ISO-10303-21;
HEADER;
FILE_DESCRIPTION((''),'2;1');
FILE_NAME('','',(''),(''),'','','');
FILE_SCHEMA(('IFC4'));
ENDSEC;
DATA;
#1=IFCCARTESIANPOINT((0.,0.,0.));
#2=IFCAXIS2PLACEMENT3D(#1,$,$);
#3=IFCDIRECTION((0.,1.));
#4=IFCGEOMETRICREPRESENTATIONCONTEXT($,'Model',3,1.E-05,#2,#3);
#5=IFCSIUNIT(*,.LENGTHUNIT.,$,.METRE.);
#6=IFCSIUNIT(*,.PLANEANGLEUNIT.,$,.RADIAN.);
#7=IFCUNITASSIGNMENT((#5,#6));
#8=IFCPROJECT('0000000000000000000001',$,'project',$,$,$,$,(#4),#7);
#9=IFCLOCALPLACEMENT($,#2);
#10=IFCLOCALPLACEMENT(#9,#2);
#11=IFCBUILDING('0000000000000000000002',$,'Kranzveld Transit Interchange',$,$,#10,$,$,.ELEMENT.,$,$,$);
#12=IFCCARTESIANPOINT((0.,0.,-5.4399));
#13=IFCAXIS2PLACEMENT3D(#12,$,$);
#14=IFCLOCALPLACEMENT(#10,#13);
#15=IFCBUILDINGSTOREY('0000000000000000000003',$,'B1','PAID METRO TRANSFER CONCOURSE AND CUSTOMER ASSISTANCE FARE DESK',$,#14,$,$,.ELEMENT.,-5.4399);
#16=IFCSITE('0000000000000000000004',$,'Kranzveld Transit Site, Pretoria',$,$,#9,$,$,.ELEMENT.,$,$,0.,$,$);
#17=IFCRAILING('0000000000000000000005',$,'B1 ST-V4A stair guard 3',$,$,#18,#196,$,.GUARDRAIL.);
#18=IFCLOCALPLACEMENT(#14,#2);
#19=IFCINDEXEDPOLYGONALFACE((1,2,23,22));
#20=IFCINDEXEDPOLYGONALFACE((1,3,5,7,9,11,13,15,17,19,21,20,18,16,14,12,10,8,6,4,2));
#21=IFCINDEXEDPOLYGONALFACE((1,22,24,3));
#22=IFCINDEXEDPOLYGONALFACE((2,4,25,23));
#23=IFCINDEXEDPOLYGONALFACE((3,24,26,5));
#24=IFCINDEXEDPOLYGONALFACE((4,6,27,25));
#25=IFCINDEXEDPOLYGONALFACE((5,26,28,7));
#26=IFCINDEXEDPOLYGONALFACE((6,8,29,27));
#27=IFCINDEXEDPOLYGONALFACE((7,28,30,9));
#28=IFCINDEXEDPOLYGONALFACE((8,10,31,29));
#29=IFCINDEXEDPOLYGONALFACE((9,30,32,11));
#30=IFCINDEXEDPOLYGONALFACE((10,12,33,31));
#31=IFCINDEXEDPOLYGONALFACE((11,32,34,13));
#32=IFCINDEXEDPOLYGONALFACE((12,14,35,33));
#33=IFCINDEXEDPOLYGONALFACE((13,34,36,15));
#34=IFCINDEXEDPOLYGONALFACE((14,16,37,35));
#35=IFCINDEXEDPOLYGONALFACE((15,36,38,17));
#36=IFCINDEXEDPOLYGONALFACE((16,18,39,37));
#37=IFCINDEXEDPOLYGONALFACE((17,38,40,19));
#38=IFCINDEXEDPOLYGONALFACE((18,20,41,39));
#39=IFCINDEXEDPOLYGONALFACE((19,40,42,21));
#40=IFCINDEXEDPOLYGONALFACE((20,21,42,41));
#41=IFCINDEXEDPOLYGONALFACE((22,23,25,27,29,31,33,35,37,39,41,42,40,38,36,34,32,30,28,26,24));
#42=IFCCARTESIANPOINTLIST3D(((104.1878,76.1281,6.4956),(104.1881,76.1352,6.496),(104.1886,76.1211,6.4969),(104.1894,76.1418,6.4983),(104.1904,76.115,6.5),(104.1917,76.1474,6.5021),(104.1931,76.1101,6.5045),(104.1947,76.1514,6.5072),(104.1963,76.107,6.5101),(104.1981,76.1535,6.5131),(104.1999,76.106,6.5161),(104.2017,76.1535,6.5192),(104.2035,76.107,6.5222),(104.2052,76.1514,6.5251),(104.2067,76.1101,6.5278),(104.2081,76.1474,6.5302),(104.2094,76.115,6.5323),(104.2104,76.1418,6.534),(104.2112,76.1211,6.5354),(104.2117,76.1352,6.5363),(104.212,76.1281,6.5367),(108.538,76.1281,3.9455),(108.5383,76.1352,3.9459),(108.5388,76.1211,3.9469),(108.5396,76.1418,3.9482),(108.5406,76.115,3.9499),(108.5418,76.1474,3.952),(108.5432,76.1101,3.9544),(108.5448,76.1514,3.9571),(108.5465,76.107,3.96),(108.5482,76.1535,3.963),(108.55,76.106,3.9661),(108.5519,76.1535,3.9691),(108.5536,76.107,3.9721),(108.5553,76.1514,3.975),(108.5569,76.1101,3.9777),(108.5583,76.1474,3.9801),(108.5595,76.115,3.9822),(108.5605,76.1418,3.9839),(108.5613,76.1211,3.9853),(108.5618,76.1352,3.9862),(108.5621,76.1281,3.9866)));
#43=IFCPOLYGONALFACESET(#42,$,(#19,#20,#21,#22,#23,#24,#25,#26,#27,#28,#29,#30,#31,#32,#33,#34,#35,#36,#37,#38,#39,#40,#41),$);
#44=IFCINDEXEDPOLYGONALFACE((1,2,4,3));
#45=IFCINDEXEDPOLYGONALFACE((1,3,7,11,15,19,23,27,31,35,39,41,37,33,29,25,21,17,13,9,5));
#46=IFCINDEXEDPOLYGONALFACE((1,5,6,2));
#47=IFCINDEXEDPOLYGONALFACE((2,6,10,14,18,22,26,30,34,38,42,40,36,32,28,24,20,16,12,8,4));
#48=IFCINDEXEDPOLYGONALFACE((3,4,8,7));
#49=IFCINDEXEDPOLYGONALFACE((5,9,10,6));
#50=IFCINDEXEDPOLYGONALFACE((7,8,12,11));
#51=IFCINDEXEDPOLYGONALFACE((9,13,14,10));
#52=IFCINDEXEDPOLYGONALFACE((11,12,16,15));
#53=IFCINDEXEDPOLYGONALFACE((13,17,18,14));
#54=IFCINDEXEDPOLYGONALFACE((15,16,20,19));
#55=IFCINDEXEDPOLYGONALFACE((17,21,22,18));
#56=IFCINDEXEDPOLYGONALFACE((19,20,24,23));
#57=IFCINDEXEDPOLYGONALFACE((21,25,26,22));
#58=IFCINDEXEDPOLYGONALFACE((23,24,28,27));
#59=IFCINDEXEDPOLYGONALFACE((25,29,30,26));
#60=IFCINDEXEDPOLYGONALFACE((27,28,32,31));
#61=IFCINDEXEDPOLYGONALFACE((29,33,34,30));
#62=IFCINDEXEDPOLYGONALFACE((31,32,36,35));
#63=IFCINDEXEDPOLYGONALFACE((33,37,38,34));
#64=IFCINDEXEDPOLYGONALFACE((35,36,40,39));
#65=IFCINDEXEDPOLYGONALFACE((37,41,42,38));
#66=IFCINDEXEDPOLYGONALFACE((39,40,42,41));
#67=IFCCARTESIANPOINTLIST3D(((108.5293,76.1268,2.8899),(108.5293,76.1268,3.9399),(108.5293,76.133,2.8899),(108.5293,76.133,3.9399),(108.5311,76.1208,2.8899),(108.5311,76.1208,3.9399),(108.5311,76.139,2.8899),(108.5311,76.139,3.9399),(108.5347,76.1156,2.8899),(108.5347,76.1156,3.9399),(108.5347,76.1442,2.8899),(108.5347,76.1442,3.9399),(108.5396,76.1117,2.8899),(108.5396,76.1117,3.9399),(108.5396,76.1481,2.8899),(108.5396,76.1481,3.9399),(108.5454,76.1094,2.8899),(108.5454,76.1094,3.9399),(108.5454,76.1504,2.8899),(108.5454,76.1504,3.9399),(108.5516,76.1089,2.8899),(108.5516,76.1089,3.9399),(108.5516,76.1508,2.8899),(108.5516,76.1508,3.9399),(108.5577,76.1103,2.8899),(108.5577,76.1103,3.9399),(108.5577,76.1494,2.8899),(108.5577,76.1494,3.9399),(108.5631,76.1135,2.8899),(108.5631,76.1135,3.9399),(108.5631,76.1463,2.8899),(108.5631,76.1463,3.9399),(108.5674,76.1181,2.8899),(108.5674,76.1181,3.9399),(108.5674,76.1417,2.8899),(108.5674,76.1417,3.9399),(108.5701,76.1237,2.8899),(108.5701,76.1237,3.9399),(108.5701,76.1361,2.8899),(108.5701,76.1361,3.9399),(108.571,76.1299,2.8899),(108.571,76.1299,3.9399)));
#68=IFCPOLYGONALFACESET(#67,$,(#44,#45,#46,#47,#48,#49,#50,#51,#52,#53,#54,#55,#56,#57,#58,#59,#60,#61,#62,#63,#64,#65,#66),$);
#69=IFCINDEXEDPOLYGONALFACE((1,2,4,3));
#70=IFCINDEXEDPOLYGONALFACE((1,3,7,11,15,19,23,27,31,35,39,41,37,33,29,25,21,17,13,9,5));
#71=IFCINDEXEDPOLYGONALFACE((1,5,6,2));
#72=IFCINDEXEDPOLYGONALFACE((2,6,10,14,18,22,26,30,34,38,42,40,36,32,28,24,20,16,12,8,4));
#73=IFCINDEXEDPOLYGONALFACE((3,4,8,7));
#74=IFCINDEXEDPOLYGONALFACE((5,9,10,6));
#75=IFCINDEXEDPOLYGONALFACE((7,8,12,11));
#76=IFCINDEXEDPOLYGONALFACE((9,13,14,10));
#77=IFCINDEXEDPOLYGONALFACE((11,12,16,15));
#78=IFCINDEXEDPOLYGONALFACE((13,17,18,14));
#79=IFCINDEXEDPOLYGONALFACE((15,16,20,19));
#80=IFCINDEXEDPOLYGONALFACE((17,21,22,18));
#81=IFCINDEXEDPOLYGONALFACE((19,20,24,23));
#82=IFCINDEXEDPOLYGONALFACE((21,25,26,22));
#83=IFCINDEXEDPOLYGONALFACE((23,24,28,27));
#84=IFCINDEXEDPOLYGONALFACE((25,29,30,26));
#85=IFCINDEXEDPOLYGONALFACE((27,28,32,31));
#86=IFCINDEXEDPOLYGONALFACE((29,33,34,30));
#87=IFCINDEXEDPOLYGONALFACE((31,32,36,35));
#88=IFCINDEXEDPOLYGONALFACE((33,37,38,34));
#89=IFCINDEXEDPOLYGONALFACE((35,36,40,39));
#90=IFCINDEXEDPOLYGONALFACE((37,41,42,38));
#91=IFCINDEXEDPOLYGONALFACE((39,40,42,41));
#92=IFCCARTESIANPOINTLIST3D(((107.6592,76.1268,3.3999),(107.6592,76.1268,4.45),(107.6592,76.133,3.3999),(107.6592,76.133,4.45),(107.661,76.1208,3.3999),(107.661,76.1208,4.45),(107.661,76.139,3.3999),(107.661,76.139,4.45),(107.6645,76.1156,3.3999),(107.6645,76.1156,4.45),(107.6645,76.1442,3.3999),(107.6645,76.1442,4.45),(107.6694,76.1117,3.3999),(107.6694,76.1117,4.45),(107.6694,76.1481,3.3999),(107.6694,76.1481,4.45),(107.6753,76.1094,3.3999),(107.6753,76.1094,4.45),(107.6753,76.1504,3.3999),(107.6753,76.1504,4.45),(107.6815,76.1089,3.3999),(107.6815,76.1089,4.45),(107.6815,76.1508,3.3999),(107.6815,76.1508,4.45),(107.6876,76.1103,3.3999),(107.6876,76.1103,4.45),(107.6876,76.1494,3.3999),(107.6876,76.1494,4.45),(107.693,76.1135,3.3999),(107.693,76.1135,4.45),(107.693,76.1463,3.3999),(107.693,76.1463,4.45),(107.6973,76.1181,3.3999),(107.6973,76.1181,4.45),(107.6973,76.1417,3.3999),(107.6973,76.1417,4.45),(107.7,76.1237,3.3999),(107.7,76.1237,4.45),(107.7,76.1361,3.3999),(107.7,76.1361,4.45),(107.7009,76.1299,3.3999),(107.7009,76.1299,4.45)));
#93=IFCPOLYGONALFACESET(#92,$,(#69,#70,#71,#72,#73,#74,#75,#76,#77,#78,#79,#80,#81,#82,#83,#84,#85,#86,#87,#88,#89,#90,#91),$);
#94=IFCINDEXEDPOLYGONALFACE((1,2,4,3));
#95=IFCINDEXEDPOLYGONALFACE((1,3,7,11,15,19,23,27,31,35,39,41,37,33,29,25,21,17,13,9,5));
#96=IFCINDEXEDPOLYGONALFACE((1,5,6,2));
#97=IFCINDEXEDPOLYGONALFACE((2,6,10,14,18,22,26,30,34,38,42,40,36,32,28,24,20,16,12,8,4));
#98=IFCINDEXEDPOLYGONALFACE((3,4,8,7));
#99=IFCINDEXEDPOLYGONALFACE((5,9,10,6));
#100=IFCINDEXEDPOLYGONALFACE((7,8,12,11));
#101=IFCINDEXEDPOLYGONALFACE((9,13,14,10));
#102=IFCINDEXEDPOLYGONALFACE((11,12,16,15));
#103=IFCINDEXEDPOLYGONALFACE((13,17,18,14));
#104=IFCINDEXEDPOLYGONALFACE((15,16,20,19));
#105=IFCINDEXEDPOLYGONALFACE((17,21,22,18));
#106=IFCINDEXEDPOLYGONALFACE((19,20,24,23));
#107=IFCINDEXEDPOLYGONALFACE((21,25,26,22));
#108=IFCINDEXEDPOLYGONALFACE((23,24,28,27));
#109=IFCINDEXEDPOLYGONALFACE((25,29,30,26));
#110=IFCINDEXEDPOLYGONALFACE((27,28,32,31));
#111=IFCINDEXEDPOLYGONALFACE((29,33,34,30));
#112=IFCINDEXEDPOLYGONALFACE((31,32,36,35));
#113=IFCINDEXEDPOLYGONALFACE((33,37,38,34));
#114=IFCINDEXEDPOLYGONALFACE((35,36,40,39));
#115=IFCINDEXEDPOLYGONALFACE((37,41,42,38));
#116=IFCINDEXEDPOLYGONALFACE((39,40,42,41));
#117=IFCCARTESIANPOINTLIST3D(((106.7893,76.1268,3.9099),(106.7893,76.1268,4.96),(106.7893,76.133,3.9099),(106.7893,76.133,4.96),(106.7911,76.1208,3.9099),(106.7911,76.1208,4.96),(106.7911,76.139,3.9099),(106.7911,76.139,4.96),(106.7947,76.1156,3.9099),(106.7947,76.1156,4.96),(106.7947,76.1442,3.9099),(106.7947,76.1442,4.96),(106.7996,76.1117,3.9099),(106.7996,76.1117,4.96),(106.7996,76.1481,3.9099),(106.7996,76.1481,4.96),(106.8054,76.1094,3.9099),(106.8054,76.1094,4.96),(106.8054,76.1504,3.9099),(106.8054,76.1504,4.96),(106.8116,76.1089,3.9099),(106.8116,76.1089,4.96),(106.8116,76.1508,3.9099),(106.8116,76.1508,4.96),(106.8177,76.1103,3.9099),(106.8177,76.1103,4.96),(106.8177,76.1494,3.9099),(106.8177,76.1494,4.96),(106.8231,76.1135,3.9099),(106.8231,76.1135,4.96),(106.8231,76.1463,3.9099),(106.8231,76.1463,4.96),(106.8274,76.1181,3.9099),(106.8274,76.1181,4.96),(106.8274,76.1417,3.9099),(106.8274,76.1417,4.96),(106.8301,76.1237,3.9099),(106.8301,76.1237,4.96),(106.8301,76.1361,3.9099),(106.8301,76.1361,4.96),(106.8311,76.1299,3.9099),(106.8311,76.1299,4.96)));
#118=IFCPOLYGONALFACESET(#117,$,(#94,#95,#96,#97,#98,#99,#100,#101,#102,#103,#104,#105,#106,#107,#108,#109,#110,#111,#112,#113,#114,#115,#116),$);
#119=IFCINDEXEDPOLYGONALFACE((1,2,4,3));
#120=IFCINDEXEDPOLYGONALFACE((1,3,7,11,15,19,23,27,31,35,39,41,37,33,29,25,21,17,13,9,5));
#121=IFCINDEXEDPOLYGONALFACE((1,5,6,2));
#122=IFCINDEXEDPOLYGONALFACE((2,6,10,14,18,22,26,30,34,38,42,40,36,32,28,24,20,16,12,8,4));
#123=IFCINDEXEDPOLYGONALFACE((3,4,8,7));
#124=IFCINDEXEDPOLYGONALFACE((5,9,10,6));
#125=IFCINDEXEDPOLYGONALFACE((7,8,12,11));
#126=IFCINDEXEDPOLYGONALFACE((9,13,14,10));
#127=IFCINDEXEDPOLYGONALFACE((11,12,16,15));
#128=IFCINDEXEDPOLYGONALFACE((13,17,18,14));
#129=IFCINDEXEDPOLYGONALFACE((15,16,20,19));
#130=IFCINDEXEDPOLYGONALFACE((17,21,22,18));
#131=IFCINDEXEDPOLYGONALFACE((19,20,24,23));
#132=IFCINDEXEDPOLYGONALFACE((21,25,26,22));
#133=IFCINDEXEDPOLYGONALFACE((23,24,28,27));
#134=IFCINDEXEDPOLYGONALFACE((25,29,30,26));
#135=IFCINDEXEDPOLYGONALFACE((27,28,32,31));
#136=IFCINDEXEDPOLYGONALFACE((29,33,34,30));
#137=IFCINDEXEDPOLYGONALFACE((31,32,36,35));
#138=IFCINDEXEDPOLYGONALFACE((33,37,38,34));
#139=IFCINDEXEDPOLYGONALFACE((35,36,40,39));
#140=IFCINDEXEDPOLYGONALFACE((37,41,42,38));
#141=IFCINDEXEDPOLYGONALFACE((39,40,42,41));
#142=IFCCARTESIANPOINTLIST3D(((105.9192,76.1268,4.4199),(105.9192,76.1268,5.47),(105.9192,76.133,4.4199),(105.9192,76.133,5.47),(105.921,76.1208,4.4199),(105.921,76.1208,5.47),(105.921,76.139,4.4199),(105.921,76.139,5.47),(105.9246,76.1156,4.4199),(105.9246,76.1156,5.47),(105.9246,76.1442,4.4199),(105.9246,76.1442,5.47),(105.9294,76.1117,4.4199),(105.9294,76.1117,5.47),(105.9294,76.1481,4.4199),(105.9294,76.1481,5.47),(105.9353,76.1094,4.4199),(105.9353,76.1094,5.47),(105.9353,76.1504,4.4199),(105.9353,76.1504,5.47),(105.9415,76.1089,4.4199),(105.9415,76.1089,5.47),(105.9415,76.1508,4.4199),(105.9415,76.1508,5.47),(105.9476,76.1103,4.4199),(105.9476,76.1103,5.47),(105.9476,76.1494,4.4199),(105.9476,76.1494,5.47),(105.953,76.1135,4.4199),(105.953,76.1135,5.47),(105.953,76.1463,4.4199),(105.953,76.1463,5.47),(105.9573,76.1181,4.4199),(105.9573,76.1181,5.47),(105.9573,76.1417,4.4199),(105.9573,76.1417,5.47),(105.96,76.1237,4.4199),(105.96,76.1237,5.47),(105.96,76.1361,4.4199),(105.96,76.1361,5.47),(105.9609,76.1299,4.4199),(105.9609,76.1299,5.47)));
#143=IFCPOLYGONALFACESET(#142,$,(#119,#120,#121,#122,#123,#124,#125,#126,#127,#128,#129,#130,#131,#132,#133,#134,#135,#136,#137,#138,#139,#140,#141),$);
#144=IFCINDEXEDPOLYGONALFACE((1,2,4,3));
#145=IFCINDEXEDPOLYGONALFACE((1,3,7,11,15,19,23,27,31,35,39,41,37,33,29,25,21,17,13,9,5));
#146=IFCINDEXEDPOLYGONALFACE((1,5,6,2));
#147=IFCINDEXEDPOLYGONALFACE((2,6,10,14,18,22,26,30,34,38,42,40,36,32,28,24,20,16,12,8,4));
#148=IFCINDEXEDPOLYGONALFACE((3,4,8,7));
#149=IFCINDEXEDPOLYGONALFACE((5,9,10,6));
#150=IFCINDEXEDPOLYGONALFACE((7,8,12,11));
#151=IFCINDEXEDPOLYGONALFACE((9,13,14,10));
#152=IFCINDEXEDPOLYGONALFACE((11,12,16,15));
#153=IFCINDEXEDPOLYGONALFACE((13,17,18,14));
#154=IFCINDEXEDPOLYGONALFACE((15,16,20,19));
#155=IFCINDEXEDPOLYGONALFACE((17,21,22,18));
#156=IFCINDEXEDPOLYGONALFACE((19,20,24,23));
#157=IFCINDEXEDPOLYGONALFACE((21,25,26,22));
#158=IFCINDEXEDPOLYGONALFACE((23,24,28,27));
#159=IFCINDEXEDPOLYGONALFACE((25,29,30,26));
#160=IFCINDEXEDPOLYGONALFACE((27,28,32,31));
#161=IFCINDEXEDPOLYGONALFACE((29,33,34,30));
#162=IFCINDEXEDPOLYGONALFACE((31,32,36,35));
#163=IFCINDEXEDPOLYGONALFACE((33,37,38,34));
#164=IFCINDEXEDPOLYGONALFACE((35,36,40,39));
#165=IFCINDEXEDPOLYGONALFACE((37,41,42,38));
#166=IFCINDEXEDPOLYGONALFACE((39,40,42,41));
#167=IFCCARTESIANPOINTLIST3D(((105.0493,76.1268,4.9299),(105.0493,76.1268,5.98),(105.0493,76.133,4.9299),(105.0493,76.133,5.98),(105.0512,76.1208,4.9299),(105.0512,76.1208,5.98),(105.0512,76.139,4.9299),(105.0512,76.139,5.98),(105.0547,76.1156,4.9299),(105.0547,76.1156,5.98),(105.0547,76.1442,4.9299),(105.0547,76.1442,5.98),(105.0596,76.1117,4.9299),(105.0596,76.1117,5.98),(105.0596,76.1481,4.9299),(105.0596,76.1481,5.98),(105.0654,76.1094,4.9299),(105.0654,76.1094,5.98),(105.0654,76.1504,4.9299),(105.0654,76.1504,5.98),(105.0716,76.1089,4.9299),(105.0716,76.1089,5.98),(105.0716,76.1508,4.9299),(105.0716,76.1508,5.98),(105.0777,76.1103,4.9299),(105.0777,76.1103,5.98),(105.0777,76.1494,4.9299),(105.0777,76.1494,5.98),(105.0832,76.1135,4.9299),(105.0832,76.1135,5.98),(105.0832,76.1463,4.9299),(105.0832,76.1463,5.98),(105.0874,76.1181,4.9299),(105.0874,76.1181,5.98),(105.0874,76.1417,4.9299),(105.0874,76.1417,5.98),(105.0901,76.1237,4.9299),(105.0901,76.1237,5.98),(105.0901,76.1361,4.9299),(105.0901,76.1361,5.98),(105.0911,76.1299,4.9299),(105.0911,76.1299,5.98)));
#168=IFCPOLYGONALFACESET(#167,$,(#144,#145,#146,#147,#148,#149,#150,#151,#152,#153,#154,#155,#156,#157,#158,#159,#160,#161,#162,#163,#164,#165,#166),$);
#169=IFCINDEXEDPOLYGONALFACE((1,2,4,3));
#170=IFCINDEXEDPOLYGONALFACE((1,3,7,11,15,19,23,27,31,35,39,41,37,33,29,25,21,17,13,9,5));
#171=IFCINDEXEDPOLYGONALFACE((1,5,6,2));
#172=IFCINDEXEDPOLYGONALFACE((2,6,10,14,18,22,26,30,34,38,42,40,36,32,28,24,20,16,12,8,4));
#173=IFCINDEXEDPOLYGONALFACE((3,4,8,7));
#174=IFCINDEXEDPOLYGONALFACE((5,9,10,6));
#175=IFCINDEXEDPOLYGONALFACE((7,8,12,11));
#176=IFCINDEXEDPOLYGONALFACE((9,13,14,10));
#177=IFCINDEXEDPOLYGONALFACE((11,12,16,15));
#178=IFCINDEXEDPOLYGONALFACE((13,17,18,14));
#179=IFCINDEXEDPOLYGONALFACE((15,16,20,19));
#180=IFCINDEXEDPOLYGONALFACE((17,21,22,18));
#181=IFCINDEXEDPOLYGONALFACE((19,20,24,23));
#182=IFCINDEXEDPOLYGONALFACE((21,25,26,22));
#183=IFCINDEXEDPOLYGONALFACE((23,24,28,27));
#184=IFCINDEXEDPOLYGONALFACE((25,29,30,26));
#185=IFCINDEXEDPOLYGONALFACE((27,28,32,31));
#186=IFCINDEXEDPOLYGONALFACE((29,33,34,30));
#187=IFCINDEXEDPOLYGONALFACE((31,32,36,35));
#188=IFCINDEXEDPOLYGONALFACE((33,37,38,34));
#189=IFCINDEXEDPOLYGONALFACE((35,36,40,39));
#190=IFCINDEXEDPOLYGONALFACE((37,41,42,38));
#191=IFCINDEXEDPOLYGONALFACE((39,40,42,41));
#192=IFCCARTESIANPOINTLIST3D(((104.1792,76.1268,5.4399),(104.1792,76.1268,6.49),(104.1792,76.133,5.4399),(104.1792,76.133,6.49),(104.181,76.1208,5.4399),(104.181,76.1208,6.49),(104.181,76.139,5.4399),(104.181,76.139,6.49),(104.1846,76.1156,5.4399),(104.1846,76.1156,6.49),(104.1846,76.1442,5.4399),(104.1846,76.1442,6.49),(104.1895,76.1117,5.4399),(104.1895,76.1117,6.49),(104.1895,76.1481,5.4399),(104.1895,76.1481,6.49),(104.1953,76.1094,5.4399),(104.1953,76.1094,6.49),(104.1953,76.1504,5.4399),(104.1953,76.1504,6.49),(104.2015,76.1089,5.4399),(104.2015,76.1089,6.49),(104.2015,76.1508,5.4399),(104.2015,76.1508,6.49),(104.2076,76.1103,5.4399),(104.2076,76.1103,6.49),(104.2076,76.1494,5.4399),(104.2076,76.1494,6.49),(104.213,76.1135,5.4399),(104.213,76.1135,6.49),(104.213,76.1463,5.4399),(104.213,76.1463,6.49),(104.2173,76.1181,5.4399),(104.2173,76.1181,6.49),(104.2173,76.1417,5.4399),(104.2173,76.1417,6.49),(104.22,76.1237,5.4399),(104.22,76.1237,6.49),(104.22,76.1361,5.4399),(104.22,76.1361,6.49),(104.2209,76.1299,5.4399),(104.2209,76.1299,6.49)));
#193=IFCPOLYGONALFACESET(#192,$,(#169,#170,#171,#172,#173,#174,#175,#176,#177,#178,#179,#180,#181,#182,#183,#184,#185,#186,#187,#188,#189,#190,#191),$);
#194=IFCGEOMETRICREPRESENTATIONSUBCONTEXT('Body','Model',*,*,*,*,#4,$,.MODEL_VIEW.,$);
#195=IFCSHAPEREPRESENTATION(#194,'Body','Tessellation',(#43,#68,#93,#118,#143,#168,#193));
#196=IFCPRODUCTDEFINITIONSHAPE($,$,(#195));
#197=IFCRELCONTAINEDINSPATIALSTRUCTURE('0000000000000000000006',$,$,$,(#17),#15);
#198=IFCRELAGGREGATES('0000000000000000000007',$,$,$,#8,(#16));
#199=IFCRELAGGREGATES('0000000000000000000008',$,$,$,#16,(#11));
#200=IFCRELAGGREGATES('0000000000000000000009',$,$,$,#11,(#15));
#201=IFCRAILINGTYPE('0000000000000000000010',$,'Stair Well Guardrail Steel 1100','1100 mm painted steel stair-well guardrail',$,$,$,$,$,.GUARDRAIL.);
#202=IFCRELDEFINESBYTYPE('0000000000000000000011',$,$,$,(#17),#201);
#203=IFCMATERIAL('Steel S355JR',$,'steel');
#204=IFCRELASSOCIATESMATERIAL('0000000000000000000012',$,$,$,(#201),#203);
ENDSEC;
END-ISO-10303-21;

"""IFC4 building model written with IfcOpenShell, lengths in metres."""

from ifc_helpers import new_model, si_unit, direction, frame, origin, origin_2d, place, context, subcontext, project, spatial, circle, extrude, material, type_object, element, save


model = new_model("IFC4")

# Units and contexts
model_context = context("Model", 3, precision=1e-05, world=origin(), true_north=direction((0.0, 1.0)))
body_context = subcontext(model_context, "Body", "Model", "MODEL_VIEW")
ifc_project = project(units=[si_unit("LENGTHUNIT", "METRE"), si_unit("PLANEANGLEUNIT", "RADIAN")], contexts=[model_context])

# Site, building, storey
site_placement = place(None, origin())
site = spatial("IfcSite", under=ifc_project, at=site_placement, Name="Kranzveld Transit Site, Pretoria", CompositionType="ELEMENT", RefElevation=0.0)
building_placement = place(site_placement, origin())
building = spatial("IfcBuilding", under=site, at=building_placement, Name="Kranzveld Transit Interchange", CompositionType="ELEMENT")
storey_placement = place(building_placement, frame((0.0, 0.0, -5.4399)))
storey = spatial("IfcBuildingStorey", under=building, at=storey_placement, Name="B1", Description="PAID METRO TRANSFER CONCOURSE AND CUSTOMER ASSISTANCE FARE DESK", CompositionType="ELEMENT", Elevation=-5.4399)

# Railing
ifc_material_1 = material(Name="Steel S355JR", Category="steel")
railing_type_1 = type_object("IfcRailingType", Name="Stair Well Guardrail Steel 1100", Description="1100 mm painted steel stair-well guardrail", PredefinedType="GUARDRAIL", material=ifc_material_1)
railing_1_placement = place(storey_placement, frame((108.55, 76.1299, 2.8899)))
element("IfcRailing", 1, at=railing_1_placement, inside=storey, type_object=railing_type_1, Name="B1 ST-V4A stair guard 3", PredefinedType="GUARDRAIL", context=body_context, shape_type="SweptSolid", body=[
    extrude(circle(Radius=0.0239, at=origin_2d()), frame((0.0, 0.0, 1.0762), z_axis=(-0.862699, 0.0, 0.505718), x_axis=(0.0, -1.0, 0.0)), (0.0, 0.0, 1.0), 5.0425),
    extrude(circle(Radius=0.021, at=origin_2d()), origin(), (0.0, 0.0, 1.0), 1.05),
    extrude(circle(Radius=0.021, at=origin_2d()), frame((-0.8701, 0.0, 0.51)), (0.0, 0.0, 1.0), 1.05),
    extrude(circle(Radius=0.021, at=origin_2d()), frame((-1.74, 0.0, 1.02)), (0.0, 0.0, 1.0), 1.05),
    extrude(circle(Radius=0.021, at=origin_2d()), frame((-2.6101, 0.0, 1.53)), (0.0, 0.0, 1.0), 1.05),
    extrude(circle(Radius=0.021, at=origin_2d()), frame((-3.48, 0.0, 2.04)), (0.0, 0.0, 1.0), 1.05),
    extrude(circle(Radius=0.021, at=origin_2d()), frame((-4.3501, 0.0, 2.55)), (0.0, 0.0, 1.0), 1.05),
])

save(model, "model.ifc")
